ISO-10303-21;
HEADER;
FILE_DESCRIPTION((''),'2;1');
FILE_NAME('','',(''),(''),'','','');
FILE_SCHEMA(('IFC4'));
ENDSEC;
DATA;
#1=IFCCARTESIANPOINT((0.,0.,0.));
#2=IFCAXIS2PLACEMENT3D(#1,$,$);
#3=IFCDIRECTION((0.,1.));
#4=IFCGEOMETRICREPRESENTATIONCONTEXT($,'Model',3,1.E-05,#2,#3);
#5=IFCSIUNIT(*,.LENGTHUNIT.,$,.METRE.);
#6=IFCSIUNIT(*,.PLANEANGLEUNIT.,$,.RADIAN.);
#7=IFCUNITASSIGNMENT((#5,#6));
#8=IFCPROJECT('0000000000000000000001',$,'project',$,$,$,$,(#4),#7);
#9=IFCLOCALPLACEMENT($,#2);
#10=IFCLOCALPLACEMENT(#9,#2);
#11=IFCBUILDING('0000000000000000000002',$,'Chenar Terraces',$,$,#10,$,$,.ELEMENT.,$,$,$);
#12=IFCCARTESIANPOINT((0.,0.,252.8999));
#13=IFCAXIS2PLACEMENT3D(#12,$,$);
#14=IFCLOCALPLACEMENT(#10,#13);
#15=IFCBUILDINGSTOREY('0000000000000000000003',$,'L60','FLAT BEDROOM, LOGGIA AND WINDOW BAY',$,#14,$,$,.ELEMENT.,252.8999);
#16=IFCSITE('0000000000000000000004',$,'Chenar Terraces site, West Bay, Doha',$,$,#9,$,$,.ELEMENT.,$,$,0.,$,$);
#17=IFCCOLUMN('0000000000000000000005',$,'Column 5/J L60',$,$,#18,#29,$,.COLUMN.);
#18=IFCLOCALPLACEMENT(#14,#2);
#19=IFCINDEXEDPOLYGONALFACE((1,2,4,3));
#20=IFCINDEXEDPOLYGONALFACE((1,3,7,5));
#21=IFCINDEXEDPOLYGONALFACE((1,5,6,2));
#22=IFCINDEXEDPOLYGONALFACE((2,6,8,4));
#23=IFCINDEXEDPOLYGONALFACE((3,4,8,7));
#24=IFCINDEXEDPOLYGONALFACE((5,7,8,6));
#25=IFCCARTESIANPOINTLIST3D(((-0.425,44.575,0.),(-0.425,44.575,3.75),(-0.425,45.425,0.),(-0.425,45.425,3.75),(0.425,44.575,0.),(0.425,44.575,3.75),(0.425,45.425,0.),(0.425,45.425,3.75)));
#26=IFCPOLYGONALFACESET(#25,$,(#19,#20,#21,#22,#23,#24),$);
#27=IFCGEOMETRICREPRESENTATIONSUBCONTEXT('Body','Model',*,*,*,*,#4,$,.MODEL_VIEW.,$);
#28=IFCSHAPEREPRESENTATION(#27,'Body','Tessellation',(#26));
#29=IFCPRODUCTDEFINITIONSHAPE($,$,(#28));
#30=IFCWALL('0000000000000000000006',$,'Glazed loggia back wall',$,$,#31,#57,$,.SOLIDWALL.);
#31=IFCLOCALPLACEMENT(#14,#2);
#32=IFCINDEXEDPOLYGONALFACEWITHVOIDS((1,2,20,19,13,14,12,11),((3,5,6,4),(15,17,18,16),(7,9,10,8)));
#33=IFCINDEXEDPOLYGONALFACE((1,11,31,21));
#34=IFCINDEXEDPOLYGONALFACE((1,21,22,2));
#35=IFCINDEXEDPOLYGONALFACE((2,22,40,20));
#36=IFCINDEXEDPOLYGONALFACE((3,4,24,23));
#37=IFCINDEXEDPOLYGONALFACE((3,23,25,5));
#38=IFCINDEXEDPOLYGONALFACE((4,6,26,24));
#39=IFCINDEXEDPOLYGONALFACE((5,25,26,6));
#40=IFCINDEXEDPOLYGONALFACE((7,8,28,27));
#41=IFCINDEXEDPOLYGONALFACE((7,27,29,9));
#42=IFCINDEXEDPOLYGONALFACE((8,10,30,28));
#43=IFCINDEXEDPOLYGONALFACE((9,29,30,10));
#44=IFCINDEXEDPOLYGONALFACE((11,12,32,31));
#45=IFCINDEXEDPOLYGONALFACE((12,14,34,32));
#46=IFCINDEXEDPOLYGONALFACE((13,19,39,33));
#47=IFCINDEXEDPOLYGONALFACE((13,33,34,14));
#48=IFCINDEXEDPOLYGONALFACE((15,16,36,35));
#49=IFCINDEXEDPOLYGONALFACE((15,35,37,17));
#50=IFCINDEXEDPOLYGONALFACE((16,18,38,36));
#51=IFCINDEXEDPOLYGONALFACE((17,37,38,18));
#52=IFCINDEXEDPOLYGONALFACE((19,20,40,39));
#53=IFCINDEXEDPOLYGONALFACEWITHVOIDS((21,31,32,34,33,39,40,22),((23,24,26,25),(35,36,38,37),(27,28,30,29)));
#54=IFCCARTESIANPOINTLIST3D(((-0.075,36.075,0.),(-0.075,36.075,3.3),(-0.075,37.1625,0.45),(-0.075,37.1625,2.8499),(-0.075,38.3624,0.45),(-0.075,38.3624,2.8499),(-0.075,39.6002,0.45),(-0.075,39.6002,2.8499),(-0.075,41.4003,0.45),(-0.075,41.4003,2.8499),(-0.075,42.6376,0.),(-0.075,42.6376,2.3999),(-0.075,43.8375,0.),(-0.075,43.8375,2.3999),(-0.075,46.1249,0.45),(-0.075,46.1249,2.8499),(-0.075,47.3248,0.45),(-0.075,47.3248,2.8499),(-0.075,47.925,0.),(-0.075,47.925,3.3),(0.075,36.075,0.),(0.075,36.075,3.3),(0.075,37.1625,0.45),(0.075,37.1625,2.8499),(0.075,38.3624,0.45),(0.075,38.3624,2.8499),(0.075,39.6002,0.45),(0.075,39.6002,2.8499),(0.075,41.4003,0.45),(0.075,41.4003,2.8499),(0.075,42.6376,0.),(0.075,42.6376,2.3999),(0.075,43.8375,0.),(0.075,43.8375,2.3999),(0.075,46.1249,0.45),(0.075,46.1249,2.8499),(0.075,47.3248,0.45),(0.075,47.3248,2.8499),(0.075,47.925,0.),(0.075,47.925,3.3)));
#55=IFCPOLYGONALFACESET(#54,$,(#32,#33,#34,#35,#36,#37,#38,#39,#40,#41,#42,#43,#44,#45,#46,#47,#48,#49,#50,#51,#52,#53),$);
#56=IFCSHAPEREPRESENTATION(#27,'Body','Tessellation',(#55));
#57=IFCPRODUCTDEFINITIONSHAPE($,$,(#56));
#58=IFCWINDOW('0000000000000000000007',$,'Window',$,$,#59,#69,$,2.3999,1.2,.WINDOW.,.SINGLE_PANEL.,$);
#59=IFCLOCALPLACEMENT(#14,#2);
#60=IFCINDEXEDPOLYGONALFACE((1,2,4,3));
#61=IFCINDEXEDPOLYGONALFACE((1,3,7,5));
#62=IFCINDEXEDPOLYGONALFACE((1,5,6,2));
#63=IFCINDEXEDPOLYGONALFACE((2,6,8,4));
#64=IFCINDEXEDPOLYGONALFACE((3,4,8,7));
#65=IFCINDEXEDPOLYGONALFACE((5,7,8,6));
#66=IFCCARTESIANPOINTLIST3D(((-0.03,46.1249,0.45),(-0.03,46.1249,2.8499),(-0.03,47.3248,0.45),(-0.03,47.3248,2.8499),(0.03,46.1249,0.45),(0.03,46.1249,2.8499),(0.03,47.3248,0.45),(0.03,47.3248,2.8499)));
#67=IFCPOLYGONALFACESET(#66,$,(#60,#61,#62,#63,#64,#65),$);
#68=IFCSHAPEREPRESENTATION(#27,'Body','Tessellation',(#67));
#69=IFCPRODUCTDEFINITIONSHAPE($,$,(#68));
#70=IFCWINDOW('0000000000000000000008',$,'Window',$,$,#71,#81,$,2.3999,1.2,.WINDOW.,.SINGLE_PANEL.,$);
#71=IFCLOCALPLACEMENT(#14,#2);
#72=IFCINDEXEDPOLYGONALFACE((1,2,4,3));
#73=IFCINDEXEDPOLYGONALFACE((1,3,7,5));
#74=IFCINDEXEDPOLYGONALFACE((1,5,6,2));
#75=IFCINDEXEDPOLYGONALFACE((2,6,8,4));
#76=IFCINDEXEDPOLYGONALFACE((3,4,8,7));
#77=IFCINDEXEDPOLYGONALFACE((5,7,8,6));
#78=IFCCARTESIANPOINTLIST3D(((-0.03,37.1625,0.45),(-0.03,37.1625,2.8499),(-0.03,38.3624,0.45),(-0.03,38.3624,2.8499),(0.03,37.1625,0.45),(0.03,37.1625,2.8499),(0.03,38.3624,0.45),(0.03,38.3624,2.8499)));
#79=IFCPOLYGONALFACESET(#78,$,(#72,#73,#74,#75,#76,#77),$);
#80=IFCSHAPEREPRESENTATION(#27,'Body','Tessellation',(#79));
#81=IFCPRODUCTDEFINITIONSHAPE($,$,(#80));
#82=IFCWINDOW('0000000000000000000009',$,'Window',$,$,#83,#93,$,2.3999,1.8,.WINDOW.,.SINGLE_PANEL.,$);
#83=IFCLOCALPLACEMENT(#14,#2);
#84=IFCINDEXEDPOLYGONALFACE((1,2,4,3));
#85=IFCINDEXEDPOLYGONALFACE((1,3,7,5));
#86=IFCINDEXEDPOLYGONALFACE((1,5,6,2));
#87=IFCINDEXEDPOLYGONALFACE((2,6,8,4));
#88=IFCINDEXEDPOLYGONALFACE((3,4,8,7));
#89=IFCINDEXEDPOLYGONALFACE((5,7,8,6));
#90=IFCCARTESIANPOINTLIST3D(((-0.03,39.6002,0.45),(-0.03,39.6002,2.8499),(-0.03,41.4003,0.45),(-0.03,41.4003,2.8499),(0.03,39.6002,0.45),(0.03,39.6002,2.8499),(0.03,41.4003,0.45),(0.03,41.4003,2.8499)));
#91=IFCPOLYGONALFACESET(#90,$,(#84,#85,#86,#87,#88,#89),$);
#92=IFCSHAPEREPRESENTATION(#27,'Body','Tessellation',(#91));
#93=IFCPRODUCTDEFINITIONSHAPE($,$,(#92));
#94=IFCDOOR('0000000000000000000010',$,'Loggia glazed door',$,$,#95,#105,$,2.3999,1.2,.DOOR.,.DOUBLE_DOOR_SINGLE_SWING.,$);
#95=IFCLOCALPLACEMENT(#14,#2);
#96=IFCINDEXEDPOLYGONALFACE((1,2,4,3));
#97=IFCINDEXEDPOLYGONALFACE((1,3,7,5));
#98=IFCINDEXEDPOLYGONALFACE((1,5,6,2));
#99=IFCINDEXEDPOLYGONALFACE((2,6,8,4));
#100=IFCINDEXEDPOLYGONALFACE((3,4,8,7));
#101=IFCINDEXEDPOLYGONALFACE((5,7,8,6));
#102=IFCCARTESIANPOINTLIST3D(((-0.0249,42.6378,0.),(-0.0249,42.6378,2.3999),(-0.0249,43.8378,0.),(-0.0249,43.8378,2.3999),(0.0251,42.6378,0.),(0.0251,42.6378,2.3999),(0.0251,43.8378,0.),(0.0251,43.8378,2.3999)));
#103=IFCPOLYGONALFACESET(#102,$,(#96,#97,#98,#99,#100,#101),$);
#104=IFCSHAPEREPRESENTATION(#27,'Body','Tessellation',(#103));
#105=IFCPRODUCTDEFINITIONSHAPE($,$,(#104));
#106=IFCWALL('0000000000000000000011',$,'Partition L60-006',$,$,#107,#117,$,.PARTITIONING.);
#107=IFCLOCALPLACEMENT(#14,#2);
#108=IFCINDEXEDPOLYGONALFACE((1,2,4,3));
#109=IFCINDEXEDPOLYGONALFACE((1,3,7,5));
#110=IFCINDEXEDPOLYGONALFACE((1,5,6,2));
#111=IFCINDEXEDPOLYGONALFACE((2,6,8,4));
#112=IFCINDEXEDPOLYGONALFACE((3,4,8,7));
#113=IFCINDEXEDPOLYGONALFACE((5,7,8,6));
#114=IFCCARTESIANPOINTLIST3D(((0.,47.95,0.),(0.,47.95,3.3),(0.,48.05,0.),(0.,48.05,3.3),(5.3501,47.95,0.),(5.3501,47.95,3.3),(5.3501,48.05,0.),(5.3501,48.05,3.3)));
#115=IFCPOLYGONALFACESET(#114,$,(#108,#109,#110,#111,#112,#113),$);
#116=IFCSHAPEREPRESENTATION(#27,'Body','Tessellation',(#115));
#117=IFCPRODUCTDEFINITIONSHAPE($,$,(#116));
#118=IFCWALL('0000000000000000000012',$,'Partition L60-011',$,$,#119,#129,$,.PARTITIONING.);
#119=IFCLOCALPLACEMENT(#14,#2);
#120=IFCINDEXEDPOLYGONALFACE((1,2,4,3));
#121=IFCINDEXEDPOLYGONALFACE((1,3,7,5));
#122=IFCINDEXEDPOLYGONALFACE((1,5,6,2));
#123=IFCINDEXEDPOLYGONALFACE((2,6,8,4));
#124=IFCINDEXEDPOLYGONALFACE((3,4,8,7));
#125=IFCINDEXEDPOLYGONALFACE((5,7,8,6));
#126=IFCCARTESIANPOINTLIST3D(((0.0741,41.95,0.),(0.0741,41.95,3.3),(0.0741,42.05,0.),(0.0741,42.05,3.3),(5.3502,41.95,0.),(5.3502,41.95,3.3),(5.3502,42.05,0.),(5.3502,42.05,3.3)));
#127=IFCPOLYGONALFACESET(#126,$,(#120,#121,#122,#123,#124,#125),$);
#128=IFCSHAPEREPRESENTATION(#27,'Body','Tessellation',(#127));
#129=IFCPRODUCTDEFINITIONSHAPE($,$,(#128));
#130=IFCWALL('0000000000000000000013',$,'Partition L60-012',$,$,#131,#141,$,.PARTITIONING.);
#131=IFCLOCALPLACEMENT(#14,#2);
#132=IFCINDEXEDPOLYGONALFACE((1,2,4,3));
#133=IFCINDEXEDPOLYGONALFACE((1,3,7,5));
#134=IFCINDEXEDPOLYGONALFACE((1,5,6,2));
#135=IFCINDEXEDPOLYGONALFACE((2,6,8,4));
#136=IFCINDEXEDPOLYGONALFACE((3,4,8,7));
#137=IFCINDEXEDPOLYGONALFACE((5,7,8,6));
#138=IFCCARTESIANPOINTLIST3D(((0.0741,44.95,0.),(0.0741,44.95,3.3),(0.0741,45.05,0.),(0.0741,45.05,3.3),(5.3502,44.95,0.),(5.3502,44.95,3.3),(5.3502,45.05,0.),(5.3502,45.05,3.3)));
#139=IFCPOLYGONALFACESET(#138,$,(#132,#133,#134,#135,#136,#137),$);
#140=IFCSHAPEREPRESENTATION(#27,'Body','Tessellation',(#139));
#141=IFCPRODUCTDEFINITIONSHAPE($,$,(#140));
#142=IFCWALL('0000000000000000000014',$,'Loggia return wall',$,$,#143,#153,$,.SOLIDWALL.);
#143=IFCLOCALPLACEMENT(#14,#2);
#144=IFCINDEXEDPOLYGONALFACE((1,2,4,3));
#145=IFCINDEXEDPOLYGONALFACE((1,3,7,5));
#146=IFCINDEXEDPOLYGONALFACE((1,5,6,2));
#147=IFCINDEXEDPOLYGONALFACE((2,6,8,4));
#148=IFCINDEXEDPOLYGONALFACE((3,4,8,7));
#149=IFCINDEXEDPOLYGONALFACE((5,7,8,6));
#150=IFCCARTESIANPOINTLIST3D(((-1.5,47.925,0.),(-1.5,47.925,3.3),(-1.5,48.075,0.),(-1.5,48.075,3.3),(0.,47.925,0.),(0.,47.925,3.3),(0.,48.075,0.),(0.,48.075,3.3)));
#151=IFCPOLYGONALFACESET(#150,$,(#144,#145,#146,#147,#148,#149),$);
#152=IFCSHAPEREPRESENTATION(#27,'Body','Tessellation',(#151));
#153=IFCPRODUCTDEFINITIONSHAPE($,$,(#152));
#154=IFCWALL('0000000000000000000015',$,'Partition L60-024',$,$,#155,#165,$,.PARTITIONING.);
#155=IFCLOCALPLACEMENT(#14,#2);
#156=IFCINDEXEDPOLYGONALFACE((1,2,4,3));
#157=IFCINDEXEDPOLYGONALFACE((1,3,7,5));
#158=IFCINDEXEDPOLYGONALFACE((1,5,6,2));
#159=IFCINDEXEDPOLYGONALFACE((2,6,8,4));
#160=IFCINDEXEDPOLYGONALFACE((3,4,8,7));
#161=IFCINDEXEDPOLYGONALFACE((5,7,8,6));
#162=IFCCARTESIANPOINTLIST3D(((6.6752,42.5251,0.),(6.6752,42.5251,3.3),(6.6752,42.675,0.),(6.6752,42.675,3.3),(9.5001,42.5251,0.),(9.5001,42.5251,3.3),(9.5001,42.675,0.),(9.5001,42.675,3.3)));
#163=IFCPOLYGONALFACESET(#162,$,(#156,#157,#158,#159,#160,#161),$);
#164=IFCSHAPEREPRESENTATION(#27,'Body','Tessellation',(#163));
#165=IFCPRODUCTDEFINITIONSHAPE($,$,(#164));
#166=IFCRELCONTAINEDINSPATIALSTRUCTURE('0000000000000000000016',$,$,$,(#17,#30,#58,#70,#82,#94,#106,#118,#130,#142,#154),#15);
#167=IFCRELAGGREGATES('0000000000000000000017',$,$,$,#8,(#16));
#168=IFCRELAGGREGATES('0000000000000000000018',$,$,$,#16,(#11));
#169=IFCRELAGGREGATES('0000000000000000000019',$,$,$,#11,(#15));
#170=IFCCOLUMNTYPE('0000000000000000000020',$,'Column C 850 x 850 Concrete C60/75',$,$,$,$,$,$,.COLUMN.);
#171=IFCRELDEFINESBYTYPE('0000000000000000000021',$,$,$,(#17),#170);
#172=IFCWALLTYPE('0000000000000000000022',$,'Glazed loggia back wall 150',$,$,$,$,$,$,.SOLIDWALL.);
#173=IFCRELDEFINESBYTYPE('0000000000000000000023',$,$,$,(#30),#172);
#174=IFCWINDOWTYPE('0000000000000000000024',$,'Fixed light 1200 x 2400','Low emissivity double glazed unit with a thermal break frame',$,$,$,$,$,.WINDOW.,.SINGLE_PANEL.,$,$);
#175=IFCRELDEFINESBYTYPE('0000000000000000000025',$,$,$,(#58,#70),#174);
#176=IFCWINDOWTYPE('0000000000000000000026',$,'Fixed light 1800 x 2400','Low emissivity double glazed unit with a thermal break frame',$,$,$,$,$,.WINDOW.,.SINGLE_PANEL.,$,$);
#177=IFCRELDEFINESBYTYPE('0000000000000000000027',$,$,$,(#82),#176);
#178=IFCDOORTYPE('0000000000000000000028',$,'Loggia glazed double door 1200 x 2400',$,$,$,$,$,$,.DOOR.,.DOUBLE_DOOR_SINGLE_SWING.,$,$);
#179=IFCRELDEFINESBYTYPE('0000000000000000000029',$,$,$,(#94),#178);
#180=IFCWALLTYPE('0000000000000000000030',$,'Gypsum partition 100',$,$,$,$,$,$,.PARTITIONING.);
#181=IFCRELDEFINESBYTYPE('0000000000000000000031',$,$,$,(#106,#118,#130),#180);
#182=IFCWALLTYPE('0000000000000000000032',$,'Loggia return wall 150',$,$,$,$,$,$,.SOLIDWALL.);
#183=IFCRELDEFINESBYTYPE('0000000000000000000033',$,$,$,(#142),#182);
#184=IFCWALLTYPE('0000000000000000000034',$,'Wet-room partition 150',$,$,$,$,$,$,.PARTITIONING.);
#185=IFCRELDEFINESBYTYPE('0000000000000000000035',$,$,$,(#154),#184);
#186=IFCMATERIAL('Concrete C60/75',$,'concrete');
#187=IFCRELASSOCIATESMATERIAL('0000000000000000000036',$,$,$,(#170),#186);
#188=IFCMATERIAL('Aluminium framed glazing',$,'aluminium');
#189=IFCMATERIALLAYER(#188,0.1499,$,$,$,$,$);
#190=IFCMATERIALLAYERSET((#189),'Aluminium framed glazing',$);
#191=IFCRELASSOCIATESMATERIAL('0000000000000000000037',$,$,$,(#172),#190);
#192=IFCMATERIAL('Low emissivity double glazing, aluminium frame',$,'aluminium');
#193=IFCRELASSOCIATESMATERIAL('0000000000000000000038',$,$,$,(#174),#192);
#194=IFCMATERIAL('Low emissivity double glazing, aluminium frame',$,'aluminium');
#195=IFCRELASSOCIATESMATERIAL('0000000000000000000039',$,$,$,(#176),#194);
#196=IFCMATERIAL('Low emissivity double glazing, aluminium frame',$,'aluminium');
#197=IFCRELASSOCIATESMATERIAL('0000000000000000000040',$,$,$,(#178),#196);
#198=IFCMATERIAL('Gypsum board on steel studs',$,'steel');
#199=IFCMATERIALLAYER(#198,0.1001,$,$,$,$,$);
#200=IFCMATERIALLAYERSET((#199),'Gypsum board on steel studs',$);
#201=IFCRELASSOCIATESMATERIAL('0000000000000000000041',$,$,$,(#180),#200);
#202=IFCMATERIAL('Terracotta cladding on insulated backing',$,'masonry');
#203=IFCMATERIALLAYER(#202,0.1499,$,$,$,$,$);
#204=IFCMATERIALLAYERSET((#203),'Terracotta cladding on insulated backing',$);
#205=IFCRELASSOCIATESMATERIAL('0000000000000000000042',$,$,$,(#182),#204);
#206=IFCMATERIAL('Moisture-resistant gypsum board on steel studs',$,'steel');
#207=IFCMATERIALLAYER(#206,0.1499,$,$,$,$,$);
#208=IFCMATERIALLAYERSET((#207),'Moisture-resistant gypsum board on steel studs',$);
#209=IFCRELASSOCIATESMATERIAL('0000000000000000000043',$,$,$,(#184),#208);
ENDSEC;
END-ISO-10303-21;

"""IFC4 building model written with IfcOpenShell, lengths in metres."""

from ifc_helpers import new_model, si_unit, direction, frame, frame_2d, origin, origin_2d, place, context, subcontext, project, spatial, rectangle, extrude, material, layer, layer_set, material_profile, profile_set, type_object, element, fill, save


model = new_model("IFC4")

# Units and contexts
model_context = context("Model", 3, precision=1e-05, world=origin(), true_north=direction((0.0, 1.0)))
body_context = subcontext(model_context, "Body", "Model", "MODEL_VIEW")
ifc_project = project(units=[si_unit("LENGTHUNIT", "METRE"), si_unit("PLANEANGLEUNIT", "RADIAN")], contexts=[model_context])

# Site, building, storey
site_placement = place(None, origin())
site = spatial("IfcSite", under=ifc_project, at=site_placement, Name="Chenar Terraces site, West Bay, Doha", CompositionType="ELEMENT", RefElevation=0.0)
building_placement = place(site_placement, origin())
building = spatial("IfcBuilding", under=site, at=building_placement, Name="Chenar Terraces", CompositionType="ELEMENT")
storey_placement = place(building_placement, frame((0.0, 0.0, 252.8999)))
storey = spatial("IfcBuildingStorey", under=building, at=storey_placement, Name="L60", Description="FLAT BEDROOM, LOGGIA AND WINDOW BAY", CompositionType="ELEMENT", Elevation=252.8999)

# Column
ifc_material_1 = material(Name="Concrete C60/75", Category="concrete")
ifc_material_profile = material_profile(ifc_material_1, rectangle(XDim=0.8501, YDim=0.8501, at=origin_2d()), Name="C 850 x 850")
ifc_profile_set = profile_set([ifc_material_profile], Name="Concrete C60/75")
column_type = type_object("IfcColumnType", Name="Column C 850 x 850 Concrete C60/75", PredefinedType="COLUMN", material=ifc_profile_set)
column_placement = place(storey_placement, frame((0.0, 45.0, 0.0), z_axis=(0.0, 0.0, 1.0), x_axis=(1.0, 0.0, 0.0)))
element("IfcColumn", 1, at=column_placement, inside=storey, type_object=column_type, Name="Column 5/J L60", PredefinedType="COLUMN", context=body_context, shape_type="SweptSolid", body=[
    extrude(rectangle(XDim=0.8501, YDim=0.8501, at=origin_2d()), origin(), (0.0, 0.0, 1.0), 3.75),
])

# Wall, openings, windows, door
ifc_material_2 = material(Name="Aluminium framed glazing", Category="aluminium")
ifc_layer_1 = layer(ifc_material_2, 0.1499)
ifc_layer_set_1 = layer_set([ifc_layer_1], Name="Aluminium framed glazing")
wall_type_1 = type_object("IfcWallType", Name="Glazed loggia back wall 150", PredefinedType="SOLIDWALL", material=ifc_layer_set_1)
wall_1_placement = place(storey_placement, frame((0.0, 47.925, 0.0), z_axis=(0.0, 0.0, 1.0), x_axis=(0.0, -1.0, 0.0)))
wall_1 = element("IfcWall", 2, at=wall_1_placement, inside=storey, type_object=wall_type_1, Name="Glazed loggia back wall", PredefinedType="SOLIDWALL", context=body_context, shape_type="SweptSolid", body=[
    extrude(rectangle(XDim=11.8501, YDim=0.1499, at=frame_2d((5.925, 0.0))), origin(), (0.0, 0.0, 1.0), 3.3),
])
opening_1_placement = place(wall_1_placement, frame((0.6001, 0.0, 0.45)))
opening_1 = element("IfcOpeningElement", 3, at=opening_1_placement, cuts=wall_1, PredefinedType="OPENING", context=body_context, shape_type="SweptSolid", body=[
    extrude(rectangle(XDim=1.2, YDim=2.3999, at=frame_2d((0.6001, 1.2))), frame((0.0, 0.085, 0.0), z_axis=(0.0, -1.0, 0.0), x_axis=(1.0, 0.0, 0.0)), (0.0, 0.0, 1.0), 0.1699),
])
opening_2_placement = place(wall_1_placement, frame((4.0874, 0.0, 0.0)))
opening_2 = element("IfcOpeningElement", 4, at=opening_2_placement, cuts=wall_1, PredefinedType="OPENING", context=body_context, shape_type="SweptSolid", body=[
    extrude(rectangle(XDim=1.2, YDim=2.3999, at=frame_2d((0.6001, 1.2))), frame((0.0, 0.085, 0.0), z_axis=(0.0, -1.0, 0.0), x_axis=(1.0, 0.0, 0.0)), (0.0, 0.0, 1.0), 0.1699),
])
opening_3_placement = place(wall_1_placement, frame((6.5249, 0.0, 0.45)))
opening_3 = element("IfcOpeningElement", 5, at=opening_3_placement, cuts=wall_1, PredefinedType="OPENING", context=body_context, shape_type="SweptSolid", body=[
    extrude(rectangle(XDim=1.8, YDim=2.3999, at=frame_2d((0.8999, 1.2))), frame((0.0, 0.085, 0.0), z_axis=(0.0, -1.0, 0.0), x_axis=(1.0, 0.0, 0.0)), (0.0, 0.0, 1.0), 0.1699),
])
opening_4_placement = place(wall_1_placement, frame((9.5625, 0.0, 0.45)))
opening_4 = element("IfcOpeningElement", 6, at=opening_4_placement, cuts=wall_1, PredefinedType="OPENING", context=body_context, shape_type="SweptSolid", body=[
    extrude(rectangle(XDim=1.2, YDim=2.3999, at=frame_2d((0.6001, 1.2))), frame((0.0, 0.085, 0.0), z_axis=(0.0, -1.0, 0.0), x_axis=(1.0, 0.0, 0.0)), (0.0, 0.0, 1.0), 0.1699),
])
ifc_material_3 = material(Name="Low emissivity double glazing, aluminium frame", Category="aluminium")
window_type_1 = type_object("IfcWindowType", Name="Fixed light 1200 x 2400", Description="Low emissivity double glazed unit with a thermal break frame", PartitioningType="SINGLE_PANEL", PredefinedType="WINDOW", material=ifc_material_3)
window_1_placement = place(opening_1_placement, origin())
window_1 = element("IfcWindow", 7, at=window_1_placement, inside=storey, type_object=window_type_1, Name="Window", OverallHeight=2.3999, OverallWidth=1.2, PartitioningType="SINGLE_PANEL", PredefinedType="WINDOW", context=body_context, shape_type="SweptSolid", body=[
    extrude(rectangle(XDim=1.2, YDim=2.3999, at=frame_2d((0.6001, 1.2))), frame((0.0, 0.03, 0.0), z_axis=(0.0, -1.0, 0.0), x_axis=(1.0, 0.0, 0.0)), (0.0, 0.0, 1.0), 0.0601),
])
fill(opening_1, window_1)
window_2_placement = place(opening_4_placement, origin())
window_2 = element("IfcWindow", 8, at=window_2_placement, inside=storey, type_object=window_type_1, Name="Window", OverallHeight=2.3999, OverallWidth=1.2, PartitioningType="SINGLE_PANEL", PredefinedType="WINDOW", context=body_context, shape_type="SweptSolid", body=[
    extrude(rectangle(XDim=1.2, YDim=2.3999, at=frame_2d((0.6001, 1.2))), frame((0.0, 0.03, 0.0), z_axis=(0.0, -1.0, 0.0), x_axis=(1.0, 0.0, 0.0)), (0.0, 0.0, 1.0), 0.0601),
])
fill(opening_4, window_2)
ifc_material_4 = material(Name="Low emissivity double glazing, aluminium frame", Category="aluminium")
window_type_2 = type_object("IfcWindowType", Name="Fixed light 1800 x 2400", Description="Low emissivity double glazed unit with a thermal break frame", PartitioningType="SINGLE_PANEL", PredefinedType="WINDOW", material=ifc_material_4)
window_3_placement = place(opening_3_placement, origin())
window_3 = element("IfcWindow", 9, at=window_3_placement, inside=storey, type_object=window_type_2, Name="Window", OverallHeight=2.3999, OverallWidth=1.8, PartitioningType="SINGLE_PANEL", PredefinedType="WINDOW", context=body_context, shape_type="SweptSolid", body=[
    extrude(rectangle(XDim=1.8, YDim=2.3999, at=frame_2d((0.8999, 1.2))), frame((0.0, 0.03, 0.0), z_axis=(0.0, -1.0, 0.0), x_axis=(1.0, 0.0, 0.0)), (0.0, 0.0, 1.0), 0.0601),
])
fill(opening_3, window_3)
ifc_material_5 = material(Name="Low emissivity double glazing, aluminium frame", Category="aluminium")
door_type = type_object("IfcDoorType", Name="Loggia glazed double door 1200 x 2400", OperationType="DOUBLE_DOOR_SINGLE_SWING", PredefinedType="DOOR", material=ifc_material_5)
door_placement = place(opening_2_placement, frame((1.2, 0.0, 0.0), z_axis=(0.0, 0.0, 1.0), x_axis=(-1.0, 0.0, 0.0)))
door = element("IfcDoor", 10, at=door_placement, inside=storey, type_object=door_type, Name="Loggia glazed door", OperationType="DOUBLE_DOOR_SINGLE_SWING", OverallHeight=2.3999, OverallWidth=1.2, PredefinedType="DOOR", context=body_context, shape_type="SweptSolid", body=[
    extrude(rectangle(XDim=1.2, YDim=2.3999, at=frame_2d((0.6001, 1.2))), frame((0.0, 0.0249, 0.0), z_axis=(0.0, -1.0, 0.0), x_axis=(1.0, 0.0, 0.0)), (0.0, 0.0, 1.0), 0.05),
])
fill(opening_2, door)

# Walls
ifc_material_6 = material(Name="Gypsum board on steel studs", Category="steel")
ifc_layer_2 = layer(ifc_material_6, 0.1001)
ifc_layer_set_2 = layer_set([ifc_layer_2], Name="Gypsum board on steel studs")
wall_type_2 = type_object("IfcWallType", Name="Gypsum partition 100", PredefinedType="PARTITIONING", material=ifc_layer_set_2)
wall_2_placement = place(storey_placement, frame((0.0, 48.0, 0.0), z_axis=(0.0, 0.0, 1.0), x_axis=(1.0, 0.0, 0.0)))
element("IfcWall", 11, at=wall_2_placement, inside=storey, type_object=wall_type_2, Name="Partition L60-006", PredefinedType="PARTITIONING", context=body_context, shape_type="SweptSolid", body=[
    extrude(rectangle(XDim=5.3501, YDim=0.1001, at=frame_2d((2.675, 0.0))), origin(), (0.0, 0.0, 1.0), 3.3),
])
for number, where, z_axis, x_axis, name in (
    (12, (0.074, 42.0, 0.0), (0.0, 0.0, 1.0), (1.0, 0.0, 0.0), "Partition L60-011"),
    (13, (0.074, 45.0, 0.0), (0.0, 0.0, 1.0), (1.0, 0.0, 0.0), "Partition L60-012"),
):
    element("IfcWall", number, at=place(storey_placement, frame(where, z_axis=z_axis, x_axis=x_axis)), inside=storey, type_object=wall_type_2, Name=name, PredefinedType="PARTITIONING", context=body_context, shape_type="SweptSolid", body=[
        extrude(rectangle(XDim=5.2761, YDim=0.1001, at=frame_2d((2.6382, 0.0))), origin(), (0.0, 0.0, 1.0), 3.3),
    ])
ifc_material_7 = material(Name="Terracotta cladding on insulated backing", Category="masonry")
ifc_layer_3 = layer(ifc_material_7, 0.1499)
ifc_layer_set_3 = layer_set([ifc_layer_3], Name="Terracotta cladding on insulated backing")
wall_type_3 = type_object("IfcWallType", Name="Loggia return wall 150", PredefinedType="SOLIDWALL", material=ifc_layer_set_3)
wall_3_placement = place(storey_placement, frame((-1.5, 48.0, 0.0), z_axis=(0.0, 0.0, 1.0), x_axis=(1.0, 0.0, 0.0)))
element("IfcWall", 14, at=wall_3_placement, inside=storey, type_object=wall_type_3, Name="Loggia return wall", PredefinedType="SOLIDWALL", context=body_context, shape_type="SweptSolid", body=[
    extrude(rectangle(XDim=1.5, YDim=0.1499, at=frame_2d((0.75, 0.0))), origin(), (0.0, 0.0, 1.0), 3.3),
])
ifc_material_8 = material(Name="Moisture-resistant gypsum board on steel studs", Category="steel")
ifc_layer_4 = layer(ifc_material_8, 0.1499)
ifc_layer_set_4 = layer_set([ifc_layer_4], Name="Moisture-resistant gypsum board on steel studs")
wall_type_4 = type_object("IfcWallType", Name="Wet-room partition 150", PredefinedType="PARTITIONING", material=ifc_layer_set_4)
wall_4_placement = place(storey_placement, frame((6.675, 42.6001, 0.0), z_axis=(0.0, 0.0, 1.0), x_axis=(1.0, 0.0, 0.0)))
element("IfcWall", 15, at=wall_4_placement, inside=storey, type_object=wall_type_4, Name="Partition L60-024", PredefinedType="PARTITIONING", context=body_context, shape_type="SweptSolid", body=[
    extrude(rectangle(XDim=2.825, YDim=0.1499, at=frame_2d((1.4126, 0.0))), origin(), (0.0, 0.0, 1.0), 3.3),
])

save(model, "model.ifc")
